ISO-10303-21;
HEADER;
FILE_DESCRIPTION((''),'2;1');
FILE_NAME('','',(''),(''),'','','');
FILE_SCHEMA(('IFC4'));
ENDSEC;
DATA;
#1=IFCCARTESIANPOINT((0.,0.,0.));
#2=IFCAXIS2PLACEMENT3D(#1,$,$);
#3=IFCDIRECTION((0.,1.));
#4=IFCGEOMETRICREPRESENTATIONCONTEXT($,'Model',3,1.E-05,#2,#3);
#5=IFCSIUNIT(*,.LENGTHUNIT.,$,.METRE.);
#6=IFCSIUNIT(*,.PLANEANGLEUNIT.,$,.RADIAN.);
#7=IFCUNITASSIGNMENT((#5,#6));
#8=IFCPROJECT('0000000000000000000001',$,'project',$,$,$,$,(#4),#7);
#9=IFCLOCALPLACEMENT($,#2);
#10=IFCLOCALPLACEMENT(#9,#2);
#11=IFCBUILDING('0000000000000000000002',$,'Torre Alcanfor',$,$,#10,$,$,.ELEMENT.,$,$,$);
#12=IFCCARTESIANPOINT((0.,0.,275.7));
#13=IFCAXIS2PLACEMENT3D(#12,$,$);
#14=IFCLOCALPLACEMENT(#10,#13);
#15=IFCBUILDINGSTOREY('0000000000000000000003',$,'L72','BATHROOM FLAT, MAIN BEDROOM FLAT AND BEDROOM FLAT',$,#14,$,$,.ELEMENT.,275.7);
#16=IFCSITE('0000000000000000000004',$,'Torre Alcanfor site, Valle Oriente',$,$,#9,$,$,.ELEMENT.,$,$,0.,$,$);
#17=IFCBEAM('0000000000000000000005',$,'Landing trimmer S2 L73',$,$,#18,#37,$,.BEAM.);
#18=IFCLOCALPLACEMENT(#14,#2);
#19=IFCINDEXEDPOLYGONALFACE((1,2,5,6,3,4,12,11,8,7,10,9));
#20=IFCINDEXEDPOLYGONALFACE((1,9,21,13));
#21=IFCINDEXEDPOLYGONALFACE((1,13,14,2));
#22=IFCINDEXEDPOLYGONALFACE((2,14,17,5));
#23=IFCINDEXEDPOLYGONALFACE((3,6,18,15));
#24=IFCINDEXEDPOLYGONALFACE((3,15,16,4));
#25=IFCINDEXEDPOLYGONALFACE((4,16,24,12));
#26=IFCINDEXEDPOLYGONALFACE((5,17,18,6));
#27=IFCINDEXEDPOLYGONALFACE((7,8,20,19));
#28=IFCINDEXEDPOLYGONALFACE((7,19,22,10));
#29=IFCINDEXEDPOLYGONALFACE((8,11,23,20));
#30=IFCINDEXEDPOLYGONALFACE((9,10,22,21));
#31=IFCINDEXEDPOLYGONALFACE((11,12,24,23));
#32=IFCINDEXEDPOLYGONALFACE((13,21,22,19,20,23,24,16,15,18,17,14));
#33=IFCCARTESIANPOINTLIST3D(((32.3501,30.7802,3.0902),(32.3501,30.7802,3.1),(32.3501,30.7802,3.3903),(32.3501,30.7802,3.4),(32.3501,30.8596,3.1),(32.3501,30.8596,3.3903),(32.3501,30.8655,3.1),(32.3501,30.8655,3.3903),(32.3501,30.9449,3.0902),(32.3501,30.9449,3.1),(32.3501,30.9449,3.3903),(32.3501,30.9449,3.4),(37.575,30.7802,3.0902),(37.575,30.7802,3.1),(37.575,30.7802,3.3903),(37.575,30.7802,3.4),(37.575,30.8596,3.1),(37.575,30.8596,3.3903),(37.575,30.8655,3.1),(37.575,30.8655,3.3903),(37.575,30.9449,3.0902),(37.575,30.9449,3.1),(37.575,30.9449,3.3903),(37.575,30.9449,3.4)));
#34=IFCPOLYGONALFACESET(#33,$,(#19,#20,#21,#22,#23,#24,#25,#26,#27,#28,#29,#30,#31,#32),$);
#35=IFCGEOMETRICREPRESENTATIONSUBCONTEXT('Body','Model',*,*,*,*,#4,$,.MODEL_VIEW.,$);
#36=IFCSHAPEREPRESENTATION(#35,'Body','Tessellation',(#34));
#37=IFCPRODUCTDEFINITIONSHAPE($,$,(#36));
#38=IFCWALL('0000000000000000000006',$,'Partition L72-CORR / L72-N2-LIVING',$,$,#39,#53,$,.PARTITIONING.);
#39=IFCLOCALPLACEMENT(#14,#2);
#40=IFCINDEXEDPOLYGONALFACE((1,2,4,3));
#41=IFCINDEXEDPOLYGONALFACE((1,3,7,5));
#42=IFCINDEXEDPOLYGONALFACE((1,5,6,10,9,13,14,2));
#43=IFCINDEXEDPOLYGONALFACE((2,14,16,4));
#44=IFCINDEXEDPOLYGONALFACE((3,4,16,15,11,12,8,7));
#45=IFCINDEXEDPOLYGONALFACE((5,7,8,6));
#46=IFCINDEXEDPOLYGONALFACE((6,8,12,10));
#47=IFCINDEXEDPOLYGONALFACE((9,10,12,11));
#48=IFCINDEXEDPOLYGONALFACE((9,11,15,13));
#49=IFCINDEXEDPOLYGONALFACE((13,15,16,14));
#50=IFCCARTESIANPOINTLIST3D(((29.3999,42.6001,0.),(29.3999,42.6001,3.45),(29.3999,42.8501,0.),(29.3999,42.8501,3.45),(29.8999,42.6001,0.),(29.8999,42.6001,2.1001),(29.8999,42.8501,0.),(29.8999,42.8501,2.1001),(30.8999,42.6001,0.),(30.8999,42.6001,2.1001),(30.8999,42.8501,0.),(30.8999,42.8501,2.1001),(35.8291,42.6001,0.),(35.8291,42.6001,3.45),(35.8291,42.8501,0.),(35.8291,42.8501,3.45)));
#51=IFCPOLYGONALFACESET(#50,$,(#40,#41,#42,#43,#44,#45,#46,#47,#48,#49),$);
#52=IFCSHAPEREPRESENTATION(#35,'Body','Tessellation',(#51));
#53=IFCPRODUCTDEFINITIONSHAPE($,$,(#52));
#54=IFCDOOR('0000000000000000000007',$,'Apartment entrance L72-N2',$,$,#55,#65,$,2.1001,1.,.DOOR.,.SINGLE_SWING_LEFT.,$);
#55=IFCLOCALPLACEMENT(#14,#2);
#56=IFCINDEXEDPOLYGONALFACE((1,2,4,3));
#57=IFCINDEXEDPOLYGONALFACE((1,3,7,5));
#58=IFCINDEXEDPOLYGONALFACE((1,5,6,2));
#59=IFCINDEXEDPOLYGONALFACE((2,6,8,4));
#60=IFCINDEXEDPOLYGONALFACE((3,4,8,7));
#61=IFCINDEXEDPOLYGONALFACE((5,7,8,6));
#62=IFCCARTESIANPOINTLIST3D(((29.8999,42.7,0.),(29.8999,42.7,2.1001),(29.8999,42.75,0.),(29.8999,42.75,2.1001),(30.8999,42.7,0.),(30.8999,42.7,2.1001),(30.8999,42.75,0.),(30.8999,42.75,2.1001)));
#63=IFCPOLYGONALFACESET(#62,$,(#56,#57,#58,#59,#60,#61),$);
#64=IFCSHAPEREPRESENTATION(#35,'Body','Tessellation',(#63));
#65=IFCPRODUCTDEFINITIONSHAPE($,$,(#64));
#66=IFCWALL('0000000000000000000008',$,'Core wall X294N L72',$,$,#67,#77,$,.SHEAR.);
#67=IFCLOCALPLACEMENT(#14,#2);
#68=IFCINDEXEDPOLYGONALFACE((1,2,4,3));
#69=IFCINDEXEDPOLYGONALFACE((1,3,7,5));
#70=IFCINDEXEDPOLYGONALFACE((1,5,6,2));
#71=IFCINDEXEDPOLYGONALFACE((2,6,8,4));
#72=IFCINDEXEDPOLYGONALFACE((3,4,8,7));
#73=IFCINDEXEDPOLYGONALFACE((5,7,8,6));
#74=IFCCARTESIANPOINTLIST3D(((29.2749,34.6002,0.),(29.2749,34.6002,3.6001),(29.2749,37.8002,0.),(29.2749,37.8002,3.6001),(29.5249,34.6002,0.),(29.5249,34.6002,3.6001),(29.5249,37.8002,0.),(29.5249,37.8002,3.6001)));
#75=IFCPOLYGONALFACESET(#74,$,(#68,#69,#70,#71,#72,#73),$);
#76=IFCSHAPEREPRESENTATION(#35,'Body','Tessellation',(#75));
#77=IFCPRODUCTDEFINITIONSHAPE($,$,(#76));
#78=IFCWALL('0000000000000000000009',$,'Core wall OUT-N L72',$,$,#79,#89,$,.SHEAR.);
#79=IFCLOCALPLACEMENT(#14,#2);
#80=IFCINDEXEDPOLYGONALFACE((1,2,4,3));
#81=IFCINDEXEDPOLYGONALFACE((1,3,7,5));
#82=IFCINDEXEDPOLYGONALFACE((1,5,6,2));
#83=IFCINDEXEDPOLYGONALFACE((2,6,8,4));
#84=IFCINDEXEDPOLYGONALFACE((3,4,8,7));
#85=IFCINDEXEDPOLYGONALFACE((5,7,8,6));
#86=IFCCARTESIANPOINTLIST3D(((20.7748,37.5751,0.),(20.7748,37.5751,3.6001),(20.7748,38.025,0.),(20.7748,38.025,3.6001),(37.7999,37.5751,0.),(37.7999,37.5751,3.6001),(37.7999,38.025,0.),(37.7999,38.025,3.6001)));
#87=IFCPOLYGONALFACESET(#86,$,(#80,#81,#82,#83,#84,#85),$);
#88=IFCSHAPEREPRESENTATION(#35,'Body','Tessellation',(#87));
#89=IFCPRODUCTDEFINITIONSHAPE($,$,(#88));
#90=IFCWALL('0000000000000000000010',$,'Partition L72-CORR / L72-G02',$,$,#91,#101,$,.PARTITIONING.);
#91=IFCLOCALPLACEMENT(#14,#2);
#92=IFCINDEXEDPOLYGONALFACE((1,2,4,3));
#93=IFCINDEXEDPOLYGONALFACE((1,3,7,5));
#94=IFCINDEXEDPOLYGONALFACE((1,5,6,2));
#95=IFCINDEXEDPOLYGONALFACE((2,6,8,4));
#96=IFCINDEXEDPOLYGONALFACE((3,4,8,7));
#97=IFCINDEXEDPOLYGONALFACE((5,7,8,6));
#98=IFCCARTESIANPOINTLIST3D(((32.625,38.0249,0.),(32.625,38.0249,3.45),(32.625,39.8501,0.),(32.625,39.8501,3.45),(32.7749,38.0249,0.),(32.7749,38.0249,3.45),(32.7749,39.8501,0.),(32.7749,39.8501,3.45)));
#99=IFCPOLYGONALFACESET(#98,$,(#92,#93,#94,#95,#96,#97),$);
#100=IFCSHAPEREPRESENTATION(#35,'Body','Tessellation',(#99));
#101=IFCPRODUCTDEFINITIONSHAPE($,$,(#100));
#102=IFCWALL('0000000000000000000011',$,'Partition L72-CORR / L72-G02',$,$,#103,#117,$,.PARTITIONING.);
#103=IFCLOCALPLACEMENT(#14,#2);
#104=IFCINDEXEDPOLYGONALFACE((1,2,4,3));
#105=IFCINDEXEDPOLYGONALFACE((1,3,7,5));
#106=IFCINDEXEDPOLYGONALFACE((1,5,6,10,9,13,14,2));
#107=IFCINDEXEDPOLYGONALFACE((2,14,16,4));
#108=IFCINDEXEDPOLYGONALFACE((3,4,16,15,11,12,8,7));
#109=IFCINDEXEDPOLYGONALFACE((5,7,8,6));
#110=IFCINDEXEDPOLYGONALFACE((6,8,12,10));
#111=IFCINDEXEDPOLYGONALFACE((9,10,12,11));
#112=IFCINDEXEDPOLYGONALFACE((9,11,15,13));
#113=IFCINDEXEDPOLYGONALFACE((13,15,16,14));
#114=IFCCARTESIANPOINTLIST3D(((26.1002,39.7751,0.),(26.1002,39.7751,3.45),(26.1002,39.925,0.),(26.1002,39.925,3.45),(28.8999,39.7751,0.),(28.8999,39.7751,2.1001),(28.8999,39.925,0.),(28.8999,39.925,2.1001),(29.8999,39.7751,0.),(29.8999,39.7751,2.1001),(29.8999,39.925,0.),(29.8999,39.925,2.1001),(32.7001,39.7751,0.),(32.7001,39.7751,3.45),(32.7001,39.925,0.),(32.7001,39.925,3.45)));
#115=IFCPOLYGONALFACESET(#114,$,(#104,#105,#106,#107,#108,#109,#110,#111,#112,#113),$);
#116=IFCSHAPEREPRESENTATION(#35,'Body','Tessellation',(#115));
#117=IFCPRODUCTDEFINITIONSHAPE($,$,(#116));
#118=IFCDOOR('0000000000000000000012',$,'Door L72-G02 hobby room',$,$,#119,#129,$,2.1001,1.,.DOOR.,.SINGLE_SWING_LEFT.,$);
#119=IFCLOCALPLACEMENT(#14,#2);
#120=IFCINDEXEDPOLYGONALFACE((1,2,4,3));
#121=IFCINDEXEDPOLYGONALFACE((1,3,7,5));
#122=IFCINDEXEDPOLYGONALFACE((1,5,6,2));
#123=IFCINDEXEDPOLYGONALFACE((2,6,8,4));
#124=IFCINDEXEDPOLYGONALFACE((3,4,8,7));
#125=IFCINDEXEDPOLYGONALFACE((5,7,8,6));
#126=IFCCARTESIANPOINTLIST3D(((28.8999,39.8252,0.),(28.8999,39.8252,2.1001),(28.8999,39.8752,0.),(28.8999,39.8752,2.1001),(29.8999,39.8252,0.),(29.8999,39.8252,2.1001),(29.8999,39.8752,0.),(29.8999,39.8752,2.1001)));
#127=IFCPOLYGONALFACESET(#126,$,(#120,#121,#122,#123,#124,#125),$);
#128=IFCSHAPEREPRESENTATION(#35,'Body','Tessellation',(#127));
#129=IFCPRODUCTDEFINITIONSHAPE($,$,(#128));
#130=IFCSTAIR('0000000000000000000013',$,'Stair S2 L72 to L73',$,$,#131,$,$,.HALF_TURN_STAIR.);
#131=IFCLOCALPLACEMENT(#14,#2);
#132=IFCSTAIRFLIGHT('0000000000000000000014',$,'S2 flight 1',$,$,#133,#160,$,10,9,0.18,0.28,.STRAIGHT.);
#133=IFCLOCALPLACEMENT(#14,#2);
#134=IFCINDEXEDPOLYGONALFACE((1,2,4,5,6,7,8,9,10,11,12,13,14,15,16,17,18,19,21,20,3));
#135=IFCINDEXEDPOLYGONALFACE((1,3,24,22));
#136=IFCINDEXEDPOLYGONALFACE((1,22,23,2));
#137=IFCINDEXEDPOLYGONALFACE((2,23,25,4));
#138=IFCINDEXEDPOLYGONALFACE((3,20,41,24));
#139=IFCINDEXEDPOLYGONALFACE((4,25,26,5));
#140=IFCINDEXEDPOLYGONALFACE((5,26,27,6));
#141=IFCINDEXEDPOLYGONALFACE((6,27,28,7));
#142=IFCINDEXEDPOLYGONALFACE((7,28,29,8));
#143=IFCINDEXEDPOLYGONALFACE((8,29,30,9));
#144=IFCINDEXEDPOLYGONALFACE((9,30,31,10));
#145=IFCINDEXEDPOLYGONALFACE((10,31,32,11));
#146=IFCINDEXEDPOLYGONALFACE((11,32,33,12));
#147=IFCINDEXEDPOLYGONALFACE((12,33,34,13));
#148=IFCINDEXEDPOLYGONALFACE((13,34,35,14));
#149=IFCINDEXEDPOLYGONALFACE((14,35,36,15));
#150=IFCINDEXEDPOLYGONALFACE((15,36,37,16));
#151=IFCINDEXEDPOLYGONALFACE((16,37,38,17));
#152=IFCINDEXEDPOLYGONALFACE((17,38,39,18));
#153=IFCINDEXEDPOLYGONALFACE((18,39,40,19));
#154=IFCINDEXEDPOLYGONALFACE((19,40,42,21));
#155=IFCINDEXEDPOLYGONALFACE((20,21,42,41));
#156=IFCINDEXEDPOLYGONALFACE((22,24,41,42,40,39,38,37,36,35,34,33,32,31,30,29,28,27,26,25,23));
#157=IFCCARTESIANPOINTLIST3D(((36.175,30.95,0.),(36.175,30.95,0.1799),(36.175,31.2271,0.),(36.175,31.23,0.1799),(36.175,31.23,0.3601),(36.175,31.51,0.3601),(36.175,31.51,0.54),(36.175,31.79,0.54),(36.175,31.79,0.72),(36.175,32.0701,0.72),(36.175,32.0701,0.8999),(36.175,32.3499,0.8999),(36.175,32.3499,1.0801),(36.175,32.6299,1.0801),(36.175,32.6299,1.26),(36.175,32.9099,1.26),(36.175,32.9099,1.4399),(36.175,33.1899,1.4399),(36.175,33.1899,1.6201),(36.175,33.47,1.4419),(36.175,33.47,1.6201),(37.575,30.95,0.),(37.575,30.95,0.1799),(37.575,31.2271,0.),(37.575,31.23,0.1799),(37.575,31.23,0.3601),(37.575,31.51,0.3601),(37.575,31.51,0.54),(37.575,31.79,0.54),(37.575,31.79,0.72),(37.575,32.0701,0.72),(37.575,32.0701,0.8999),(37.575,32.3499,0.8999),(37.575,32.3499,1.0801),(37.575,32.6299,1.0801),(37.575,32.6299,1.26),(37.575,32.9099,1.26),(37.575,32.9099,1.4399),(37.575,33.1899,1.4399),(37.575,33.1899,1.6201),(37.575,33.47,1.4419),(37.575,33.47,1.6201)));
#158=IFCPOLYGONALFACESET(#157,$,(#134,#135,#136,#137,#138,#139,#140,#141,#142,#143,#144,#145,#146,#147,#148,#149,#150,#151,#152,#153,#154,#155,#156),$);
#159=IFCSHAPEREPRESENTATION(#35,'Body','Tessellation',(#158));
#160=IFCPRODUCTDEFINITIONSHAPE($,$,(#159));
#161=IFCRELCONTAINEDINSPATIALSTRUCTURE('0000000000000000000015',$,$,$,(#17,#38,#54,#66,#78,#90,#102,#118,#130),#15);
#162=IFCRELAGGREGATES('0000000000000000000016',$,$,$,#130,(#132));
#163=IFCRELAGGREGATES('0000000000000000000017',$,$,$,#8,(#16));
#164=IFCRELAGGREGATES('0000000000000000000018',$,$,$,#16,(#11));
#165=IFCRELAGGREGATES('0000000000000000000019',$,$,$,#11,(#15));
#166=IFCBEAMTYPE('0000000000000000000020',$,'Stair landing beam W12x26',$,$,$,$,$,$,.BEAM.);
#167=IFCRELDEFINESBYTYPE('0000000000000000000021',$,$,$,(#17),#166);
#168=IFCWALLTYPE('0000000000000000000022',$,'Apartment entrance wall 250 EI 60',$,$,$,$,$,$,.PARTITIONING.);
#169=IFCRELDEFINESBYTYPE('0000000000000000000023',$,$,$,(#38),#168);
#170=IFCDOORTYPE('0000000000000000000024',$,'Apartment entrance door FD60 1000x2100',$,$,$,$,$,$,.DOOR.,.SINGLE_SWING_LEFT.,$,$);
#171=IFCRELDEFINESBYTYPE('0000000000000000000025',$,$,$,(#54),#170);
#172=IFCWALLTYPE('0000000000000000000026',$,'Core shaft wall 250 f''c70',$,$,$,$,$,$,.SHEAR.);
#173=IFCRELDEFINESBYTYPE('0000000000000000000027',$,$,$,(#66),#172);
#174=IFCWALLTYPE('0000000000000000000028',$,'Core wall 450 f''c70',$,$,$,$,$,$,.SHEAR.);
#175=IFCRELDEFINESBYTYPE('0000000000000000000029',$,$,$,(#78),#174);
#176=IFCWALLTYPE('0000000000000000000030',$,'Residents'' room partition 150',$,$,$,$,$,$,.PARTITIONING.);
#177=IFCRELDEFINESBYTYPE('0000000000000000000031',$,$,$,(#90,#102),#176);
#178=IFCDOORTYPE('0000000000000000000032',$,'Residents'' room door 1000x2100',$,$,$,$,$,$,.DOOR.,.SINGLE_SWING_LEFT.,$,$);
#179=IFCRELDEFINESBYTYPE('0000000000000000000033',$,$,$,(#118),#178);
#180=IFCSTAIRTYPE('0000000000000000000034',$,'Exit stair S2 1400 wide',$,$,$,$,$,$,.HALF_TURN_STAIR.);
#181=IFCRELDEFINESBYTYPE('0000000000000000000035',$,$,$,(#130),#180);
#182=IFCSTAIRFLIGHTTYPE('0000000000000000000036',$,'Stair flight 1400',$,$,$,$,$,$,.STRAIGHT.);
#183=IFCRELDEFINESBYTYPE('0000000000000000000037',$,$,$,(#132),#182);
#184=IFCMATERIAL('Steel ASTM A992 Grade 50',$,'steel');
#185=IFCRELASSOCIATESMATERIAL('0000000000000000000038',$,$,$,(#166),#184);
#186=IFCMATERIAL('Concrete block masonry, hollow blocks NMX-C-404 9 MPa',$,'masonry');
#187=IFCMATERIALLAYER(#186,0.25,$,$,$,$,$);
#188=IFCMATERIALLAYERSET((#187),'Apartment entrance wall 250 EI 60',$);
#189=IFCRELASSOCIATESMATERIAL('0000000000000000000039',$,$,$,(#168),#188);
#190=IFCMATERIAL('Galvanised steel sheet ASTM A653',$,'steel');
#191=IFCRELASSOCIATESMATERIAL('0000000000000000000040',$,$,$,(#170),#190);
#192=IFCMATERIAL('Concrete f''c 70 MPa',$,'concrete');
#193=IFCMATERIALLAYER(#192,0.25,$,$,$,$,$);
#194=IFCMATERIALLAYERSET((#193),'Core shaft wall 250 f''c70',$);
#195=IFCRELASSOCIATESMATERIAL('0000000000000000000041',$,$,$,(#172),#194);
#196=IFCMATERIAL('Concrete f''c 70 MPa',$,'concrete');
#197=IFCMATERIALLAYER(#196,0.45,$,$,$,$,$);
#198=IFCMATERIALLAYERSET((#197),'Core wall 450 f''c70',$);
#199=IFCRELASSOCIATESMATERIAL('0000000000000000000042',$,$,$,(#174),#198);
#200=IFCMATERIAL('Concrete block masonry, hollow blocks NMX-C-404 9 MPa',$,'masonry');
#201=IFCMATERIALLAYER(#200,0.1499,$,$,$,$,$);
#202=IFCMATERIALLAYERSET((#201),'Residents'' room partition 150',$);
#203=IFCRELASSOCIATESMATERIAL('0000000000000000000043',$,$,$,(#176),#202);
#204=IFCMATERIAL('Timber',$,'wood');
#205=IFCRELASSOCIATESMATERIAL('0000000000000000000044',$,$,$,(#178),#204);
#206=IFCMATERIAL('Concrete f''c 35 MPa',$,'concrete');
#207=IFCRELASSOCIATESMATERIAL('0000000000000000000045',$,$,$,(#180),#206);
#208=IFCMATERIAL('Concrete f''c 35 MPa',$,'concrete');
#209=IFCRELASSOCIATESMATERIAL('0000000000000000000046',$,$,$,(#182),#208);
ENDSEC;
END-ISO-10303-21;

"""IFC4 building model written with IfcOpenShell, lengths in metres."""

from ifc_helpers import new_model, si_unit, direction, frame, frame_2d, origin, origin_2d, place, context, subcontext, project, spatial, polyline, rectangle, i_section, outline, extrude, material, layer, layer_set, material_profile, profile_set, type_object, element, fill, aggregate, save


model = new_model("IFC4")

# Units and contexts
model_context = context("Model", 3, precision=1e-05, world=origin(), true_north=direction((0.0, 1.0)))
body_context = subcontext(model_context, "Body", "Model", "MODEL_VIEW")
ifc_project = project(units=[si_unit("LENGTHUNIT", "METRE"), si_unit("PLANEANGLEUNIT", "RADIAN")], contexts=[model_context])

# Site, building, storey
site_placement = place(None, origin())
site = spatial("IfcSite", under=ifc_project, at=site_placement, Name="Torre Alcanfor site, Valle Oriente", CompositionType="ELEMENT", RefElevation=0.0)
building_placement = place(site_placement, origin())
building = spatial("IfcBuilding", under=site, at=building_placement, Name="Torre Alcanfor", CompositionType="ELEMENT")
storey_placement = place(building_placement, frame((0.0, 0.0, 275.7)))
storey = spatial("IfcBuildingStorey", under=building, at=storey_placement, Name="L72", Description="BATHROOM FLAT, MAIN BEDROOM FLAT AND BEDROOM FLAT", CompositionType="ELEMENT", Elevation=275.7)

# Beam
ifc_material_1 = material(Name="Steel ASTM A992 Grade 50", Category="steel")
ifc_material_profile_1 = material_profile(ifc_material_1, i_section(OverallWidth=0.1648, OverallDepth=0.3098, WebThickness=0.0059, FlangeThickness=0.0098, at=origin_2d()), Name="W12x26")
ifc_profile_set_1 = profile_set([ifc_material_profile_1], Name="Steel ASTM A992 Grade 50")
beam_type_1 = type_object("IfcBeamType", Name="Stair landing beam W12x26", PredefinedType="BEAM", material=ifc_profile_set_1)
beam_1_placement = place(storey_placement, frame((32.3501, 30.8625, 3.2451), z_axis=(1.0, 0.0, 0.0), x_axis=(0.0, 1.0, 0.0)))
element("IfcBeam", 1, at=beam_1_placement, inside=storey, type_object=beam_type_1, Name="Landing trimmer S2 L73", PredefinedType="BEAM", context=body_context, shape_type="SweptSolid", body=[
    extrude(i_section(OverallWidth=0.1648, OverallDepth=0.3098, WebThickness=0.0059, FlangeThickness=0.0098, at=origin_2d()), origin(), (0.0, 0.0, 1.0), 5.2249),
])

# Wall, opening, door
ifc_material_2 = material(Name="Concrete block masonry, hollow blocks NMX-C-404 9 MPa", Category="masonry")
ifc_layer_1 = layer(ifc_material_2, 0.25)
ifc_layer_set_1 = layer_set([ifc_layer_1], Name="Apartment entrance wall 250 EI 60")
wall_type_1 = type_object("IfcWallType", Name="Apartment entrance wall 250 EI 60", PredefinedType="PARTITIONING", material=ifc_layer_set_1)
wall_1_placement = place(storey_placement, frame((29.3999, 42.7251, 0.0), z_axis=(0.0, 0.0, 1.0), x_axis=(1.0, 0.0, 0.0)))
wall_1 = element("IfcWall", 2, at=wall_1_placement, inside=storey, type_object=wall_type_1, Name="Partition L72-CORR / L72-N2-LIVING", PredefinedType="PARTITIONING", context=body_context, shape_type="SweptSolid", body=[
    extrude(rectangle(XDim=6.4292, YDim=0.25, at=frame_2d((3.2146, 0.0))), origin(), (0.0, 0.0, 1.0), 3.45),
])
opening_1_placement = place(wall_1_placement, frame((0.5, 0.0, 0.0)))
opening_1 = element("IfcOpeningElement", 3, at=opening_1_placement, cuts=wall_1, PredefinedType="OPENING", context=body_context, shape_type="SweptSolid", body=[
    extrude(rectangle(XDim=1.0, YDim=2.1001, at=frame_2d((0.5, 1.05))), frame((0.0, 0.135, 0.0), z_axis=(0.0, -1.0, 0.0), x_axis=(1.0, 0.0, 0.0)), (0.0, 0.0, 1.0), 0.27),
])
ifc_material_3 = material(Name="Galvanised steel sheet ASTM A653", Category="steel")
door_type_1 = type_object("IfcDoorType", Name="Apartment entrance door FD60 1000x2100", OperationType="SINGLE_SWING_LEFT", PredefinedType="DOOR", material=ifc_material_3)
door_1_placement = place(opening_1_placement, origin())
door_1 = element("IfcDoor", 4, at=door_1_placement, inside=storey, type_object=door_type_1, Name="Apartment entrance L72-N2", OperationType="SINGLE_SWING_LEFT", OverallHeight=2.1001, OverallWidth=1.0, PredefinedType="DOOR", context=body_context, shape_type="SweptSolid", body=[
    extrude(rectangle(XDim=1.0, YDim=2.1001, at=frame_2d((0.5, 1.05))), frame((0.0, 0.0249, 0.0), z_axis=(0.0, -1.0, 0.0), x_axis=(1.0, 0.0, 0.0)), (0.0, 0.0, 1.0), 0.05),
])
fill(opening_1, door_1)

# Walls
ifc_material_4 = material(Name="Concrete f'c 70 MPa", Category="concrete")
ifc_layer_2 = layer(ifc_material_4, 0.25)
ifc_layer_set_2 = layer_set([ifc_layer_2], Name="Core shaft wall 250 f'c70")
wall_type_2 = type_object("IfcWallType", Name="Core shaft wall 250 f'c70", PredefinedType="SHEAR", material=ifc_layer_set_2)
wall_2_placement = place(storey_placement, frame((29.3999, 34.6001, 0.0), z_axis=(0.0, 0.0, 1.0), x_axis=(0.0, 1.0, 0.0)))
element("IfcWall", 5, at=wall_2_placement, inside=storey, type_object=wall_type_2, Name="Core wall X294N L72", PredefinedType="SHEAR", context=body_context, shape_type="SweptSolid", body=[
    extrude(rectangle(XDim=3.2, YDim=0.25, at=frame_2d((1.6001, 0.0))), origin(), (0.0, 0.0, 1.0), 3.6001),
])
ifc_material_5 = material(Name="Concrete f'c 70 MPa", Category="concrete")
ifc_layer_3 = layer(ifc_material_5, 0.45)
ifc_layer_set_3 = layer_set([ifc_layer_3], Name="Core wall 450 f'c70")
wall_type_3 = type_object("IfcWallType", Name="Core wall 450 f'c70", PredefinedType="SHEAR", material=ifc_layer_set_3)
wall_3_placement = place(storey_placement, frame((37.8, 37.8, 0.0), z_axis=(0.0, 0.0, 1.0), x_axis=(-1.0, 0.0, 0.0)))
element("IfcWall", 6, at=wall_3_placement, inside=storey, type_object=wall_type_3, Name="Core wall OUT-N L72", PredefinedType="SHEAR", context=body_context, shape_type="SweptSolid", body=[
    extrude(rectangle(XDim=17.0251, YDim=0.45, at=frame_2d((8.5127, 0.0))), origin(), (0.0, 0.0, 1.0), 3.6001),
])
ifc_material_6 = material(Name="Concrete block masonry, hollow blocks NMX-C-404 9 MPa", Category="masonry")
ifc_layer_4 = layer(ifc_material_6, 0.1499)
ifc_layer_set_4 = layer_set([ifc_layer_4], Name="Residents' room partition 150")
wall_type_4 = type_object("IfcWallType", Name="Residents' room partition 150", PredefinedType="PARTITIONING", material=ifc_layer_set_4)
wall_4_placement = place(storey_placement, frame((32.7, 38.0249, 0.0), z_axis=(0.0, 0.0, 1.0), x_axis=(0.0, 1.0, 0.0)))
element("IfcWall", 7, at=wall_4_placement, inside=storey, type_object=wall_type_4, Name="Partition L72-CORR / L72-G02", PredefinedType="PARTITIONING", context=body_context, shape_type="SweptSolid", body=[
    extrude(rectangle(XDim=1.8252, YDim=0.1499, at=frame_2d((0.9126, 0.0))), origin(), (0.0, 0.0, 1.0), 3.45),
])

# Wall, opening, door
wall_5_placement = place(storey_placement, frame((32.7, 39.8501, 0.0), z_axis=(0.0, 0.0, 1.0), x_axis=(-1.0, 0.0, 0.0)))
wall_5 = element("IfcWall", 8, at=wall_5_placement, inside=storey, type_object=wall_type_4, Name="Partition L72-CORR / L72-G02", PredefinedType="PARTITIONING", context=body_context, shape_type="SweptSolid", body=[
    extrude(rectangle(XDim=6.5999, YDim=0.1499, at=frame_2d((3.2998, 0.0))), origin(), (0.0, 0.0, 1.0), 3.45),
])
opening_2_placement = place(wall_5_placement, frame((2.8, 0.0, 0.0)))
opening_2 = element("IfcOpeningElement", 9, at=opening_2_placement, cuts=wall_5, PredefinedType="OPENING", context=body_context, shape_type="SweptSolid", body=[
    extrude(rectangle(XDim=1.0, YDim=2.1001, at=frame_2d((0.5, 1.05))), frame((0.0, 0.085, 0.0), z_axis=(0.0, -1.0, 0.0), x_axis=(1.0, 0.0, 0.0)), (0.0, 0.0, 1.0), 0.1699),
])
ifc_material_7 = material(Name="Timber", Category="wood")
door_type_2 = type_object("IfcDoorType", Name="Residents' room door 1000x2100", OperationType="SINGLE_SWING_LEFT", PredefinedType="DOOR", material=ifc_material_7)
door_2_placement = place(opening_2_placement, origin())
door_2 = element("IfcDoor", 10, at=door_2_placement, inside=storey, type_object=door_type_2, Name="Door L72-G02 hobby room", OperationType="SINGLE_SWING_LEFT", OverallHeight=2.1001, OverallWidth=1.0, PredefinedType="DOOR", context=body_context, shape_type="SweptSolid", body=[
    extrude(rectangle(XDim=1.0, YDim=2.1001, at=frame_2d((0.5, 1.05))), frame((0.0, 0.0249, 0.0), z_axis=(0.0, -1.0, 0.0), x_axis=(1.0, 0.0, 0.0)), (0.0, 0.0, 1.0), 0.05),
])
fill(opening_2, door_2)

# Stair, stair flight
ifc_material_8 = material(Name="Concrete f'c 35 MPa", Category="concrete")
stair_type = type_object("IfcStairType", Name="Exit stair S2 1400 wide", PredefinedType="HALF_TURN_STAIR", material=ifc_material_8)
stair_placement = place(storey_placement, origin())
stair = element("IfcStair", 11, at=stair_placement, inside=storey, type_object=stair_type, Name="Stair S2 L72 to L73", PredefinedType="HALF_TURN_STAIR")
ifc_material_9 = material(Name="Concrete f'c 35 MPa", Category="concrete")
stair_flight_type = type_object("IfcStairFlightType", Name="Stair flight 1400", PredefinedType="STRAIGHT", material=ifc_material_9)
stair_flight_1_placement = place(storey_placement, frame((36.875, 30.95, 0.0), z_axis=(0.0, 0.0, 1.0), x_axis=(0.0, 1.0, 0.0)))
stair_flight_1 = element("IfcStairFlight", 12, at=stair_flight_1_placement, type_object=stair_flight_type, Name="S2 flight 1", NumberOfRisers=10, NumberOfTreads=9, PredefinedType="STRAIGHT", RiserHeight=0.18, TreadLength=0.28, context=body_context, shape_type="SweptSolid", body=[
    extrude(outline(polyline([(0.0, 0.0), (0.0, 0.1799), (0.28, 0.1799), (0.28, 0.3601), (0.5601, 0.3601), (0.5601, 0.54), (0.8401, 0.54), (0.8401, 0.72), (1.1201, 0.72), (1.1201, 0.8999), (1.3999, 0.8999), (1.3999, 1.0801), (1.6799, 1.0801), (1.6799, 1.26), (1.96, 1.26), (1.96, 1.4399), (2.24, 1.4399), (2.24, 1.6201), (2.52, 1.6201), (2.52, 1.8), (2.52, 1.4419), (0.2771, 0.0), (0.0, 0.0)])), frame((0.0, 0.7, 0.0), z_axis=(0.0, -1.0, 0.0), x_axis=(1.0, 0.0, 0.0)), (0.0, 0.0, 1.0), 1.3999),
])
aggregate(stair, [stair_flight_1])

save(model, "model.ifc")
